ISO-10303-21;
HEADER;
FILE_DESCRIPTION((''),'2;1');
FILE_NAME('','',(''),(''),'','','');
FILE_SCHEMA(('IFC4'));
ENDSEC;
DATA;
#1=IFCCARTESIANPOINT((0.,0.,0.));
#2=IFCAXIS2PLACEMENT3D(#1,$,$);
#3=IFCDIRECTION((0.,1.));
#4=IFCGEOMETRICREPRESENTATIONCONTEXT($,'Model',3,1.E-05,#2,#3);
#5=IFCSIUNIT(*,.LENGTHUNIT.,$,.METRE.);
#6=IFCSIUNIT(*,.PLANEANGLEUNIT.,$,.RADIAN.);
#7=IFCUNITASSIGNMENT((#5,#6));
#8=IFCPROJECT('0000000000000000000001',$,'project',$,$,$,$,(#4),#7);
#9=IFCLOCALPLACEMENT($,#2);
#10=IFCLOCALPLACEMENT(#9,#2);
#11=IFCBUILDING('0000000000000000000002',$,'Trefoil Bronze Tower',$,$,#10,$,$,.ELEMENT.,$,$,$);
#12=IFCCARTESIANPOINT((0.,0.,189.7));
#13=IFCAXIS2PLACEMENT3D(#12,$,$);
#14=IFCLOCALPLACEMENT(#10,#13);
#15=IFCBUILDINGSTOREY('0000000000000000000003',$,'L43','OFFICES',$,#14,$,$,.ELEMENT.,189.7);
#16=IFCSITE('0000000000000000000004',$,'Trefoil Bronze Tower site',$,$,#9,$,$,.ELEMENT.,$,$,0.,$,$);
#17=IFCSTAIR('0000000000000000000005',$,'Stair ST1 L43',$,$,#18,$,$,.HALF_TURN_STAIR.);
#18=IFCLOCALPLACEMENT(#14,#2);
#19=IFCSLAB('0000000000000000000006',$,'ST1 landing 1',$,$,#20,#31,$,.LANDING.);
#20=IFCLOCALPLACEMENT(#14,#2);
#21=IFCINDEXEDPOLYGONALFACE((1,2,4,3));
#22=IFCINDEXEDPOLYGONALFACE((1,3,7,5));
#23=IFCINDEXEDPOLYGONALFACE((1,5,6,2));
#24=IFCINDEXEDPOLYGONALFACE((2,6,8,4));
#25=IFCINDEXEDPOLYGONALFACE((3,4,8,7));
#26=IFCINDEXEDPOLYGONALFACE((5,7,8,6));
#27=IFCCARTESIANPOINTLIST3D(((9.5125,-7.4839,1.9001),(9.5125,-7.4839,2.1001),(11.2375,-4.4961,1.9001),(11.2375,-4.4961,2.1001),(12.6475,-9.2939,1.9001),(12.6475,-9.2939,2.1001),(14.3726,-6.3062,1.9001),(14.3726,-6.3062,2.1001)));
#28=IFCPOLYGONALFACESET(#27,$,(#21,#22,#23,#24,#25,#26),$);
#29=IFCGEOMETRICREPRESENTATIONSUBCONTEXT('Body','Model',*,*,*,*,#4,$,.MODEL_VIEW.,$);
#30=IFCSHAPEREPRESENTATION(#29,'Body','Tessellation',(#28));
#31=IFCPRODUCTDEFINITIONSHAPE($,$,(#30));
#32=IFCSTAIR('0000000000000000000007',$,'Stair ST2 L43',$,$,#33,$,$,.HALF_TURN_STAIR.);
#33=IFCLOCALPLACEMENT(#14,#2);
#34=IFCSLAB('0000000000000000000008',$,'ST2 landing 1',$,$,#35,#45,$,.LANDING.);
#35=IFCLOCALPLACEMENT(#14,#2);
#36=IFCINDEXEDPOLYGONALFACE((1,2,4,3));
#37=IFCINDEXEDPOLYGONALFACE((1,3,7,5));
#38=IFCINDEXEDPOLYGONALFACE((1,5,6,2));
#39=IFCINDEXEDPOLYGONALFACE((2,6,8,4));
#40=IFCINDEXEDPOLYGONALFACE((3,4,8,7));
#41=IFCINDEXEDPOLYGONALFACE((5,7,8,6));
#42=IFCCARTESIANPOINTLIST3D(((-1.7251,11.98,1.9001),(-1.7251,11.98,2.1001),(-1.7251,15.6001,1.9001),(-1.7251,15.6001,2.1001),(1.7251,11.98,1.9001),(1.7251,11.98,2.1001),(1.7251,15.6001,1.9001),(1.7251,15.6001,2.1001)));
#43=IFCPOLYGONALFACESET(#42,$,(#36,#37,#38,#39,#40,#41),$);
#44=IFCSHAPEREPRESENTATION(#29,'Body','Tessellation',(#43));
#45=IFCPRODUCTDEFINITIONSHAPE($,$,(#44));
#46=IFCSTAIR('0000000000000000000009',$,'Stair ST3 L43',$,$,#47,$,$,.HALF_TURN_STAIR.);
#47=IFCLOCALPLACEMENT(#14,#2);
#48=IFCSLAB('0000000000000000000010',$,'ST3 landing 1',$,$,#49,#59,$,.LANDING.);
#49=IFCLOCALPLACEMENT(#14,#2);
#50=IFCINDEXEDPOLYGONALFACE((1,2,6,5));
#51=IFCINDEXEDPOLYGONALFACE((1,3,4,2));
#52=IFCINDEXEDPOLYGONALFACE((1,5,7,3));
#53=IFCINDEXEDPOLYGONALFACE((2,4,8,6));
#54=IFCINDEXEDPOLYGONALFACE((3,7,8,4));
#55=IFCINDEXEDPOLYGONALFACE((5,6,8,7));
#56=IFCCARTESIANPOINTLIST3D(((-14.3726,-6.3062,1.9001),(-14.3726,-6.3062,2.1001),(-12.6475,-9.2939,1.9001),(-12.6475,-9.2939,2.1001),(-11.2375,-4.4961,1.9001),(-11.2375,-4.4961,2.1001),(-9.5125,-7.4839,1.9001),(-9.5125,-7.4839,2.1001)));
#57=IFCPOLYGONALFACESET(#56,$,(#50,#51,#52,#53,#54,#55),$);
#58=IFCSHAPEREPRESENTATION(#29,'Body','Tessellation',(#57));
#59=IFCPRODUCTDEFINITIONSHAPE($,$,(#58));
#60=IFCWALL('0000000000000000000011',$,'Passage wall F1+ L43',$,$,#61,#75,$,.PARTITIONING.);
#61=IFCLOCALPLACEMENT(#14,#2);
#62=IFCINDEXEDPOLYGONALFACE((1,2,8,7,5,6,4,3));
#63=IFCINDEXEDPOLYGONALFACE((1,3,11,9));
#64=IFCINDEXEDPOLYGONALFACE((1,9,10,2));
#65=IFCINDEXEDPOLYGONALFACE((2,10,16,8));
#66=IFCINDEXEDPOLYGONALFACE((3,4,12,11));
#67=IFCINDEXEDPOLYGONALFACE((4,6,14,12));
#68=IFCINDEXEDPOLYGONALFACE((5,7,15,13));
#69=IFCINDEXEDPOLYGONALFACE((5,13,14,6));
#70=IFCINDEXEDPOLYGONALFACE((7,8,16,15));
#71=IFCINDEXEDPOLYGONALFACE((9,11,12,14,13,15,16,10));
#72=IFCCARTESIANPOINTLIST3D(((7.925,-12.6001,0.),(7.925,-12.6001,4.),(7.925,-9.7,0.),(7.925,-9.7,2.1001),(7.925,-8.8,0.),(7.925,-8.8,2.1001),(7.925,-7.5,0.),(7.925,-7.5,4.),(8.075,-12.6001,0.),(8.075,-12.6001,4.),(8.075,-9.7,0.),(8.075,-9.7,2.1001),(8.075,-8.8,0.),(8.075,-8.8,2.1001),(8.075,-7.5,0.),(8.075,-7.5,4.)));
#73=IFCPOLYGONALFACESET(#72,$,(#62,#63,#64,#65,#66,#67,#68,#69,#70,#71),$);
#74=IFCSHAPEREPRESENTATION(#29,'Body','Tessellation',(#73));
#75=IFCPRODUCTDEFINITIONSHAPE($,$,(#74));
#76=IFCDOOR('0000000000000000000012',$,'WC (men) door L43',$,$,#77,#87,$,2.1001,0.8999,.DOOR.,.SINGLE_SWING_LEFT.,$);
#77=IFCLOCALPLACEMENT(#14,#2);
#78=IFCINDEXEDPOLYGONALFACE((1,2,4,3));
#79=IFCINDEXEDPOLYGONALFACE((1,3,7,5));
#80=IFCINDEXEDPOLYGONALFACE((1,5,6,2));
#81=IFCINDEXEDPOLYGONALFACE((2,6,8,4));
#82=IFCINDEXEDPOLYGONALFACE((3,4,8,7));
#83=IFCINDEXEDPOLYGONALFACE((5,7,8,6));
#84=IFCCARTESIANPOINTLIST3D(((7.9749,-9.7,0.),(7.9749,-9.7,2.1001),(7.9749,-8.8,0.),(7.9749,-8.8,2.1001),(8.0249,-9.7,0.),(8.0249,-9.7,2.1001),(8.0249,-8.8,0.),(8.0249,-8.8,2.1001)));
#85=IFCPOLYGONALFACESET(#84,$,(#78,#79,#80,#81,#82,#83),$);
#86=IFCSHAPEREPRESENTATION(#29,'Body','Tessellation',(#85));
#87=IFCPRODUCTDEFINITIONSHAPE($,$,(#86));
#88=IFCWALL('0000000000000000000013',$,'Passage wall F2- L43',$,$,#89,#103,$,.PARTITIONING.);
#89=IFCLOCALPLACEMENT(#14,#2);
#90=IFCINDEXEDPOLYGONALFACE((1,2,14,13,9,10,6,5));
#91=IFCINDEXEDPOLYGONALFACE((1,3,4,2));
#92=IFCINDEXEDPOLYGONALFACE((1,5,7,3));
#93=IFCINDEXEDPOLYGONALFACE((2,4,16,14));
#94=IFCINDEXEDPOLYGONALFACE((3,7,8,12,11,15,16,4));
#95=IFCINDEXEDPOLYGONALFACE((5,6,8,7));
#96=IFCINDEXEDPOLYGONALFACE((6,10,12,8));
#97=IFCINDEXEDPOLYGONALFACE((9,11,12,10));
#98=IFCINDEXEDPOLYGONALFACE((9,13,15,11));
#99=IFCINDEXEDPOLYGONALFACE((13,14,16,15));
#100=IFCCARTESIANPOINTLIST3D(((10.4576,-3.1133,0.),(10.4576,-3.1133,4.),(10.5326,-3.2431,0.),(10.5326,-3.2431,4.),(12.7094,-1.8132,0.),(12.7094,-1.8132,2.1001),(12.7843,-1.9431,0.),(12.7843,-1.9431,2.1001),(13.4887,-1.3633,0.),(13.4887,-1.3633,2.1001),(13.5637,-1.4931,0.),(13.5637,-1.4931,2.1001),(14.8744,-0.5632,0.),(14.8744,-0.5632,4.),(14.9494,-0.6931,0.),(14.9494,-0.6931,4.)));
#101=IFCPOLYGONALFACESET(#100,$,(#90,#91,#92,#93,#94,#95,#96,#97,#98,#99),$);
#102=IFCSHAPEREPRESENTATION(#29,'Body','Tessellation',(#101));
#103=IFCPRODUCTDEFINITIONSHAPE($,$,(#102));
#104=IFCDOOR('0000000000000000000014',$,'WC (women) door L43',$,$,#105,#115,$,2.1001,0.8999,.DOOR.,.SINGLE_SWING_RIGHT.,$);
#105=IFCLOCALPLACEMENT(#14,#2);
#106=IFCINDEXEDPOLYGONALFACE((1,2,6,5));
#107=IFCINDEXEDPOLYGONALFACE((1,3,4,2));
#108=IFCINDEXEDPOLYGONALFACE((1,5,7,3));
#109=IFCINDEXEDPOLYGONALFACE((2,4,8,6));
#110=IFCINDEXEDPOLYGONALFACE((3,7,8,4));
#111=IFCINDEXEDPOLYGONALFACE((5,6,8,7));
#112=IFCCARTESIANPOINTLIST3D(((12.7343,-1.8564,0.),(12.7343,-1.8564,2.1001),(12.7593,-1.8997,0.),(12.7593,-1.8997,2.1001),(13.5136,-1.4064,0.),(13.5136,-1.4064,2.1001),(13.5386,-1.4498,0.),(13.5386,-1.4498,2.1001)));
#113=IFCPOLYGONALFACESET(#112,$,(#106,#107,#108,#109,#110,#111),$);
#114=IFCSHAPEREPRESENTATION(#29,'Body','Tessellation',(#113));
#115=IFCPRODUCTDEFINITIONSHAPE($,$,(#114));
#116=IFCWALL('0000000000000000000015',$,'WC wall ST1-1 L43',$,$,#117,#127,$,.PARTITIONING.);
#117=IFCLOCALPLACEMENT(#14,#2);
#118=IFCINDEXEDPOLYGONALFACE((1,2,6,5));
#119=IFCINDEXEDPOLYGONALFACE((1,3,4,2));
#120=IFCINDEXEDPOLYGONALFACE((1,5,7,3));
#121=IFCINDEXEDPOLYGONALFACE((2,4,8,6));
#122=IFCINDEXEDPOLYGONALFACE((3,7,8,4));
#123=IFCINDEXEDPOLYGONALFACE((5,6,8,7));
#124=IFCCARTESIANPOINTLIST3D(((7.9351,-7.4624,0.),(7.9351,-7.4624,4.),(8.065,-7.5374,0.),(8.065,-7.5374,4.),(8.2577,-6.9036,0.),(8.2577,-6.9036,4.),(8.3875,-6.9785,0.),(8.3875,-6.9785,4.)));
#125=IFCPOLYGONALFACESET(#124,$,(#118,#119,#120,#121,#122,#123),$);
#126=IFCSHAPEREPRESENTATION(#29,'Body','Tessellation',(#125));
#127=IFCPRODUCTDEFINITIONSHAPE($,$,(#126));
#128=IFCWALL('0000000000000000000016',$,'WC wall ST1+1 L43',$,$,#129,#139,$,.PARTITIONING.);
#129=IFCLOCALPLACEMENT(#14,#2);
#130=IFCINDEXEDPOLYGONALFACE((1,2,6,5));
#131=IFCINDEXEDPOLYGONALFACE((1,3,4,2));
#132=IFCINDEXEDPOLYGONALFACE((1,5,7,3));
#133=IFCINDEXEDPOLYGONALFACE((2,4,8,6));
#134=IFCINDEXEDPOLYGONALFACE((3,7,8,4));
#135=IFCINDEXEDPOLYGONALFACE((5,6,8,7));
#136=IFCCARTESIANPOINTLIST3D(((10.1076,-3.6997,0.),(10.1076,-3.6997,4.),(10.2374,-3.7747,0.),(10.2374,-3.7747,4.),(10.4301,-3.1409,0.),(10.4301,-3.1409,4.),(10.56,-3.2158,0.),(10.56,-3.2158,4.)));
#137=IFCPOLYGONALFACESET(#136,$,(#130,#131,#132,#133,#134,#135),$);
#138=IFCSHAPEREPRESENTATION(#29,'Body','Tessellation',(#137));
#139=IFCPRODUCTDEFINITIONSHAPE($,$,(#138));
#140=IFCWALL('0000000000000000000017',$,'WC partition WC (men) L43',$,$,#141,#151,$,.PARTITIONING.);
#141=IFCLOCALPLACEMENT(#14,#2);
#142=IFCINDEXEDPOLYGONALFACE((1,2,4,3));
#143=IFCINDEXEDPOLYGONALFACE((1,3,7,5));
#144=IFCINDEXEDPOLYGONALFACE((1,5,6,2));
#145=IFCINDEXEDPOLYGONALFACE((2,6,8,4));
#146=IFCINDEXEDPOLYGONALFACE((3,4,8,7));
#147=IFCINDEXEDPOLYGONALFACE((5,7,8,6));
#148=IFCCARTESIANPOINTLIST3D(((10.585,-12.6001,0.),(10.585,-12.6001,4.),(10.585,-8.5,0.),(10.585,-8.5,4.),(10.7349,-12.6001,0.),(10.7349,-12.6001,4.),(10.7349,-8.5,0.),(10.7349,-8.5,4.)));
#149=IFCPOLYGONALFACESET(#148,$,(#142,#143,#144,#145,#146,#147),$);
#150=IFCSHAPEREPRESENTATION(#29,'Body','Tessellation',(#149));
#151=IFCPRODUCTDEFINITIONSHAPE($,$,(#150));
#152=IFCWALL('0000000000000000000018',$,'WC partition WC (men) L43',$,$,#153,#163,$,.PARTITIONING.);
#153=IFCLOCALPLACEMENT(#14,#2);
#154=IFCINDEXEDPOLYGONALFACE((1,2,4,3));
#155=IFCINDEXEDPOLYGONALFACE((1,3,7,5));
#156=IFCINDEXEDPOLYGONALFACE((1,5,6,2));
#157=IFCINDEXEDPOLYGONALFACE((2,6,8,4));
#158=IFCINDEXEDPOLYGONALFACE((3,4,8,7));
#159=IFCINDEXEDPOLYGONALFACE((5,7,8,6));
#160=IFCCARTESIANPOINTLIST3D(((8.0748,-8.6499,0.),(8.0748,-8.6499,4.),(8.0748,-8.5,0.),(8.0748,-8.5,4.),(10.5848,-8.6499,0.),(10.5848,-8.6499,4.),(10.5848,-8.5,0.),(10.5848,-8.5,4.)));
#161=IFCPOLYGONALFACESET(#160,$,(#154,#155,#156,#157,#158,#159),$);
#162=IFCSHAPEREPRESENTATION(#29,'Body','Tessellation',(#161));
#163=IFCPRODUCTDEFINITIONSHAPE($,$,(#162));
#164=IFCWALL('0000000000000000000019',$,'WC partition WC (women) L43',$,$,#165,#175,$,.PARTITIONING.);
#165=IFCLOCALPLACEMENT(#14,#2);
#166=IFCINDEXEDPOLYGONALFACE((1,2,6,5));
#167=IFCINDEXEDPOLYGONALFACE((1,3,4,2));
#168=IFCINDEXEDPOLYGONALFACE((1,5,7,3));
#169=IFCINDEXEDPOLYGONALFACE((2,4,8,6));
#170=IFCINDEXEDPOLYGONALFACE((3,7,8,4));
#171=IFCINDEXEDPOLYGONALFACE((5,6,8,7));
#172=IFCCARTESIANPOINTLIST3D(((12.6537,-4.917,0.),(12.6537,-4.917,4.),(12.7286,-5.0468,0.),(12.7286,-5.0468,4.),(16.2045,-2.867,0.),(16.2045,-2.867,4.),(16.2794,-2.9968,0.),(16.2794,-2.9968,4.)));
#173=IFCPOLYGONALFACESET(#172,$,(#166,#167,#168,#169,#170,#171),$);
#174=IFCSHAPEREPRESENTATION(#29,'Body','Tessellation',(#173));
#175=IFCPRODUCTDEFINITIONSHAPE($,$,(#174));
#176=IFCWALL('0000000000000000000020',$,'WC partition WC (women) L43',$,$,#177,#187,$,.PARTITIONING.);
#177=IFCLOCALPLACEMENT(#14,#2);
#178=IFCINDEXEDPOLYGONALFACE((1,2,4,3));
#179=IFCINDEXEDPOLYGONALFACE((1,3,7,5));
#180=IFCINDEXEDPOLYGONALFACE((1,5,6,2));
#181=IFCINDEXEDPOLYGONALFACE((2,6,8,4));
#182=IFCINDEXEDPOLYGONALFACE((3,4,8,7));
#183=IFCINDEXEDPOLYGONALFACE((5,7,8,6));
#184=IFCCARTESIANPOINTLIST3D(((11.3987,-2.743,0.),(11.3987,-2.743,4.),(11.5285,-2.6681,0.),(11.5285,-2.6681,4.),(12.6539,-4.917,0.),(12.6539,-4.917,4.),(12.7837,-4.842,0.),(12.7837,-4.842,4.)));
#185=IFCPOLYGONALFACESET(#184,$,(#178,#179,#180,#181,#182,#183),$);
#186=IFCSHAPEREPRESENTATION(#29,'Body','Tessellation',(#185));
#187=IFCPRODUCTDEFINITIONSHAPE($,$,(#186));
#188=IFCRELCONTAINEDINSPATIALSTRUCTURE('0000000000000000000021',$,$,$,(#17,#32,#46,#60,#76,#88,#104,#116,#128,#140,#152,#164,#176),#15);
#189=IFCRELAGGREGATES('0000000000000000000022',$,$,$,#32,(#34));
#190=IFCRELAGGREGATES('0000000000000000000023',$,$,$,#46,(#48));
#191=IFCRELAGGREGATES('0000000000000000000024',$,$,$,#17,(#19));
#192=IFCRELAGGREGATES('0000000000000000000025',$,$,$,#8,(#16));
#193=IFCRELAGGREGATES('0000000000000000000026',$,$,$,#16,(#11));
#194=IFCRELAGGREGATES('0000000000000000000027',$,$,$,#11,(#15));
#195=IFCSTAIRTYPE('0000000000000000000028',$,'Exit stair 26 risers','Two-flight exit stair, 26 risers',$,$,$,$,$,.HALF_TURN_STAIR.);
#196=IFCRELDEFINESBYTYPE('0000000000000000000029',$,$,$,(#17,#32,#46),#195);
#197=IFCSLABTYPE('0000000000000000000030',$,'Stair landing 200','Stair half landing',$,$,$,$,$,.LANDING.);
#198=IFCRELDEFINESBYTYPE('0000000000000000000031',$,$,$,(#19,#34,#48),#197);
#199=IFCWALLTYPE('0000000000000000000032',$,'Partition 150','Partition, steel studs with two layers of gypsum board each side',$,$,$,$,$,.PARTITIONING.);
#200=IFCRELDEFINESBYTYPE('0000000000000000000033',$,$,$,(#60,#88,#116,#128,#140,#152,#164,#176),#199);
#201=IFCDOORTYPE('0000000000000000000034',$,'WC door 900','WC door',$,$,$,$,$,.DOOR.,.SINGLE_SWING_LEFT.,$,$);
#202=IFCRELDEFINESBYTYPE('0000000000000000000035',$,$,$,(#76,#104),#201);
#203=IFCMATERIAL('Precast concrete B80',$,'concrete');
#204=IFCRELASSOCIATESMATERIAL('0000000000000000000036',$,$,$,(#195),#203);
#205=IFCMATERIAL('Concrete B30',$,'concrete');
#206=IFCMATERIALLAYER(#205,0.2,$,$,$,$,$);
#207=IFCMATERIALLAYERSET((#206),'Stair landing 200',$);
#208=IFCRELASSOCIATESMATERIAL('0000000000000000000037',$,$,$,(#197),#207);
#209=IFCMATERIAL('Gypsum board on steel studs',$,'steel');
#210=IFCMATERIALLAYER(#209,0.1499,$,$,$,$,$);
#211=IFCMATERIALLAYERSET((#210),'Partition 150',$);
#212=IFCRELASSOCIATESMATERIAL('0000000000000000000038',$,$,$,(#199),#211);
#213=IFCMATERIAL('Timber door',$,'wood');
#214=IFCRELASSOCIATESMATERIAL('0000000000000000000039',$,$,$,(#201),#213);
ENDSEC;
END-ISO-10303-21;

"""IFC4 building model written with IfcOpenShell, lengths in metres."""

from ifc_helpers import new_model, si_unit, direction, frame, frame_2d, origin, place, context, subcontext, project, spatial, polyline, rectangle, outline, extrude, material, layer, layer_set, type_object, element, fill, aggregate, save


model = new_model("IFC4")

# Units and contexts
model_context = context("Model", 3, precision=1e-05, world=origin(), true_north=direction((0.0, 1.0)))
body_context = subcontext(model_context, "Body", "Model", "MODEL_VIEW")
ifc_project = project(units=[si_unit("LENGTHUNIT", "METRE"), si_unit("PLANEANGLEUNIT", "RADIAN")], contexts=[model_context])

# Site, building, storey
site_placement = place(None, origin())
site = spatial("IfcSite", under=ifc_project, at=site_placement, Name="Trefoil Bronze Tower site", CompositionType="ELEMENT", RefElevation=0.0)
building_placement = place(site_placement, origin())
building = spatial("IfcBuilding", under=site, at=building_placement, Name="Trefoil Bronze Tower", CompositionType="ELEMENT")
storey_placement = place(building_placement, frame((0.0, 0.0, 189.7)))
storey = spatial("IfcBuildingStorey", under=building, at=storey_placement, Name="L43", Description="OFFICES", CompositionType="ELEMENT", Elevation=189.7)

# Stairs, slabs
ifc_material_1 = material(Name="Precast concrete B80", Category="concrete")
stair_type = type_object("IfcStairType", Name="Exit stair 26 risers", Description="Two-flight exit stair, 26 risers", PredefinedType="HALF_TURN_STAIR", material=ifc_material_1)
stair_1_placement = place(storey_placement, origin())
stair_1 = element("IfcStair", 1, at=stair_1_placement, inside=storey, type_object=stair_type, Name="Stair ST1 L43", PredefinedType="HALF_TURN_STAIR")
ifc_material_2 = material(Name="Concrete B30", Category="concrete")
ifc_layer_1 = layer(ifc_material_2, 0.2)
ifc_layer_set_1 = layer_set([ifc_layer_1], Name="Stair landing 200")
slab_type = type_object("IfcSlabType", Name="Stair landing 200", Description="Stair half landing", PredefinedType="LANDING", material=ifc_layer_set_1)
slab_1_placement = place(storey_placement, frame((0.0, 0.0, 1.9001)))
slab_1 = element("IfcSlab", 2, at=slab_1_placement, type_object=slab_type, Name="ST1 landing 1", PredefinedType="LANDING", context=body_context, shape_type="SweptSolid", body=[
    extrude(outline(polyline([(9.5125, -7.4839), (12.6475, -9.2939), (14.3726, -6.3062), (11.2375, -4.4961), (9.5125, -7.4839)])), origin(), (0.0, 0.0, 1.0), 0.2),
])
stair_2_placement = place(storey_placement, origin())
stair_2 = element("IfcStair", 3, at=stair_2_placement, inside=storey, type_object=stair_type, Name="Stair ST2 L43", PredefinedType="HALF_TURN_STAIR")
slab_2_placement = place(storey_placement, frame((0.0, 0.0, 1.9001)))
slab_2 = element("IfcSlab", 4, at=slab_2_placement, type_object=slab_type, Name="ST2 landing 1", PredefinedType="LANDING", context=body_context, shape_type="SweptSolid", body=[
    extrude(outline(polyline([(1.7251, 11.98), (1.7251, 15.6001), (-1.7251, 15.6001), (-1.7251, 11.98), (1.7251, 11.98)])), origin(), (0.0, 0.0, 1.0), 0.2),
])
aggregate(stair_2, [slab_2])
stair_3_placement = place(storey_placement, origin())
stair_3 = element("IfcStair", 5, at=stair_3_placement, inside=storey, type_object=stair_type, Name="Stair ST3 L43", PredefinedType="HALF_TURN_STAIR")
slab_3_placement = place(storey_placement, frame((0.0, 0.0, 1.9001)))
slab_3 = element("IfcSlab", 6, at=slab_3_placement, type_object=slab_type, Name="ST3 landing 1", PredefinedType="LANDING", context=body_context, shape_type="SweptSolid", body=[
    extrude(outline(polyline([(-11.2375, -4.4961), (-14.3726, -6.3062), (-12.6475, -9.2939), (-9.5125, -7.4839), (-11.2375, -4.4961)])), origin(), (0.0, 0.0, 1.0), 0.2),
])
aggregate(stair_3, [slab_3])

# Walls, openings, doors
ifc_material_3 = material(Name="Gypsum board on steel studs", Category="steel")
ifc_layer_2 = layer(ifc_material_3, 0.1499)
ifc_layer_set_2 = layer_set([ifc_layer_2], Name="Partition 150")
wall_type_1 = type_object("IfcWallType", Name="Partition 150", Description="Partition, steel studs with two layers of gypsum board each side", PredefinedType="PARTITIONING", material=ifc_layer_set_2)
wall_1_placement = place(storey_placement, frame((8.0, -7.5, 0.0), z_axis=(0.0, 0.0, 1.0), x_axis=(0.0, -1.0, 0.0)))
wall_1 = element("IfcWall", 7, at=wall_1_placement, inside=storey, type_object=wall_type_1, Name="Passage wall F1+ L43", PredefinedType="PARTITIONING", context=body_context, shape_type="SweptSolid", body=[
    extrude(rectangle(XDim=5.1001, YDim=0.1499, at=frame_2d((2.55, 0.0))), origin(), (0.0, 0.0, 1.0), 4.0),
])
opening_1_placement = place(wall_1_placement, frame((1.3, 0.0, 0.0)))
opening_1 = element("IfcOpeningElement", 8, at=opening_1_placement, cuts=wall_1, PredefinedType="OPENING", context=body_context, shape_type="SweptSolid", body=[
    extrude(rectangle(XDim=0.8999, YDim=2.1001, at=frame_2d((0.45, 1.05))), frame((0.0, 0.085, 0.0), z_axis=(0.0, -1.0, 0.0), x_axis=(1.0, 0.0, 0.0)), (0.0, 0.0, 1.0), 0.1699),
])
ifc_material_4 = material(Name="Timber door", Category="wood")
door_type_1 = type_object("IfcDoorType", Name="WC door 900", Description="WC door", OperationType="SINGLE_SWING_LEFT", PredefinedType="DOOR", material=ifc_material_4)
door_1_placement = place(opening_1_placement, origin())
door_1 = element("IfcDoor", 9, at=door_1_placement, inside=storey, type_object=door_type_1, Name="WC (men) door L43", OperationType="SINGLE_SWING_LEFT", OverallHeight=2.1001, OverallWidth=0.8999, PredefinedType="DOOR", context=body_context, shape_type="SweptSolid", body=[
    extrude(rectangle(XDim=0.8999, YDim=2.1001, at=frame_2d((0.45, 1.05))), frame((0.0, 0.0249, 0.0), z_axis=(0.0, -1.0, 0.0), x_axis=(1.0, 0.0, 0.0)), (0.0, 0.0, 1.0), 0.05),
])
fill(opening_1, door_1)
wall_2_placement = place(storey_placement, frame((10.4951, -3.1782, 0.0), z_axis=(0.0, 0.0, 1.0), x_axis=(0.866022, 0.500006, 0.0)))
wall_2 = element("IfcWall", 10, at=wall_2_placement, inside=storey, type_object=wall_type_1, Name="Passage wall F2- L43", PredefinedType="PARTITIONING", context=body_context, shape_type="SweptSolid", body=[
    extrude(rectangle(XDim=5.1001, YDim=0.1499, at=frame_2d((2.55, 0.0))), origin(), (0.0, 0.0, 1.0), 4.0),
])
opening_2_placement = place(wall_2_placement, frame((2.6001, 0.0, 0.0)))
opening_2 = element("IfcOpeningElement", 11, at=opening_2_placement, cuts=wall_2, PredefinedType="OPENING", context=body_context, shape_type="SweptSolid", body=[
    extrude(rectangle(XDim=0.8999, YDim=2.1001, at=frame_2d((0.45, 1.05))), frame((0.0, 0.085, 0.0), z_axis=(0.0, -1.0, 0.0), x_axis=(1.0, 0.0, 0.0)), (0.0, 0.0, 1.0), 0.1699),
])
door_2_placement = place(opening_2_placement, frame((0.8999, 0.0, 0.0), z_axis=(0.0, 0.0, 1.0), x_axis=(-1.0, 0.0, 0.0)))
door_2 = element("IfcDoor", 12, at=door_2_placement, inside=storey, type_object=door_type_1, Name="WC (women) door L43", OperationType="SINGLE_SWING_RIGHT", OverallHeight=2.1001, OverallWidth=0.8999, PredefinedType="DOOR", context=body_context, shape_type="SweptSolid", body=[
    extrude(rectangle(XDim=0.8999, YDim=2.1001, at=frame_2d((0.45, 1.05))), frame((0.0, 0.0249, 0.0), z_axis=(0.0, -1.0, 0.0), x_axis=(1.0, 0.0, 0.0)), (0.0, 0.0, 1.0), 0.05),
])
fill(opening_2, door_2)

# Walls
for number, where, z_axis, x_axis, name in (
    (13, (8.0, -7.5, 0.0), (0.0, 0.0, 1.0), (0.499843, 0.866116, 0.0), "WC wall ST1-1 L43"),
    (14, (10.4951, -3.1782, 0.0), (0.0, 0.0, 1.0), (-0.499843, -0.866116, 0.0), "WC wall ST1+1 L43"),
):
    element("IfcWall", number, at=place(storey_placement, frame(where, z_axis=z_axis, x_axis=x_axis)), inside=storey, type_object=wall_type_1, Name=name, PredefinedType="PARTITIONING", context=body_context, shape_type="SweptSolid", body=[
        extrude(rectangle(XDim=0.6453, YDim=0.1499, at=frame_2d((0.3228, 0.0))), origin(), (0.0, 0.0, 1.0), 4.0),
    ])
wall_3_placement = place(storey_placement, frame((10.6599, -8.5, 0.0), z_axis=(0.0, 0.0, 1.0), x_axis=(0.0, -1.0, 0.0)))
element("IfcWall", 15, at=wall_3_placement, inside=storey, type_object=wall_type_1, Name="WC partition WC (men) L43", PredefinedType="PARTITIONING", context=body_context, shape_type="SweptSolid", body=[
    extrude(rectangle(XDim=4.1001, YDim=0.1499, at=frame_2d((2.05, 0.0))), origin(), (0.0, 0.0, 1.0), 4.0),
])
wall_4_placement = place(storey_placement, frame((8.075, -8.575, 0.0), z_axis=(0.0, 0.0, 1.0), x_axis=(1.0, 0.0, 0.0)))
element("IfcWall", 16, at=wall_4_placement, inside=storey, type_object=wall_type_1, Name="WC partition WC (men) L43", PredefinedType="PARTITIONING", context=body_context, shape_type="SweptSolid", body=[
    extrude(rectangle(XDim=2.51, YDim=0.1499, at=frame_2d((1.2549, 0.0))), origin(), (0.0, 0.0, 1.0), 4.0),
])
wall_5_placement = place(storey_placement, frame((12.6912, -4.9819, 0.0), z_axis=(0.0, 0.0, 1.0), x_axis=(0.866025, 0.500001, 0.0)))
element("IfcWall", 17, at=wall_5_placement, inside=storey, type_object=wall_type_1, Name="WC partition WC (women) L43", PredefinedType="PARTITIONING", context=body_context, shape_type="SweptSolid", body=[
    extrude(rectangle(XDim=4.1001, YDim=0.1499, at=frame_2d((2.05, 0.0))), origin(), (0.0, 0.0, 1.0), 4.0),
])
wall_6_placement = place(storey_placement, frame((11.4636, -2.7056, 0.0), z_axis=(0.0, 0.0, 1.0), x_axis=(0.50002, -0.866014, 0.0)))
element("IfcWall", 18, at=wall_6_placement, inside=storey, type_object=wall_type_1, Name="WC partition WC (women) L43", PredefinedType="PARTITIONING", context=body_context, shape_type="SweptSolid", body=[
    extrude(rectangle(XDim=2.5103, YDim=0.1499, at=frame_2d((1.2551, 0.0))), origin(), (0.0, 0.0, 1.0), 4.0),
])

aggregate(stair_1, [slab_1])

save(model, "model.ifc")
